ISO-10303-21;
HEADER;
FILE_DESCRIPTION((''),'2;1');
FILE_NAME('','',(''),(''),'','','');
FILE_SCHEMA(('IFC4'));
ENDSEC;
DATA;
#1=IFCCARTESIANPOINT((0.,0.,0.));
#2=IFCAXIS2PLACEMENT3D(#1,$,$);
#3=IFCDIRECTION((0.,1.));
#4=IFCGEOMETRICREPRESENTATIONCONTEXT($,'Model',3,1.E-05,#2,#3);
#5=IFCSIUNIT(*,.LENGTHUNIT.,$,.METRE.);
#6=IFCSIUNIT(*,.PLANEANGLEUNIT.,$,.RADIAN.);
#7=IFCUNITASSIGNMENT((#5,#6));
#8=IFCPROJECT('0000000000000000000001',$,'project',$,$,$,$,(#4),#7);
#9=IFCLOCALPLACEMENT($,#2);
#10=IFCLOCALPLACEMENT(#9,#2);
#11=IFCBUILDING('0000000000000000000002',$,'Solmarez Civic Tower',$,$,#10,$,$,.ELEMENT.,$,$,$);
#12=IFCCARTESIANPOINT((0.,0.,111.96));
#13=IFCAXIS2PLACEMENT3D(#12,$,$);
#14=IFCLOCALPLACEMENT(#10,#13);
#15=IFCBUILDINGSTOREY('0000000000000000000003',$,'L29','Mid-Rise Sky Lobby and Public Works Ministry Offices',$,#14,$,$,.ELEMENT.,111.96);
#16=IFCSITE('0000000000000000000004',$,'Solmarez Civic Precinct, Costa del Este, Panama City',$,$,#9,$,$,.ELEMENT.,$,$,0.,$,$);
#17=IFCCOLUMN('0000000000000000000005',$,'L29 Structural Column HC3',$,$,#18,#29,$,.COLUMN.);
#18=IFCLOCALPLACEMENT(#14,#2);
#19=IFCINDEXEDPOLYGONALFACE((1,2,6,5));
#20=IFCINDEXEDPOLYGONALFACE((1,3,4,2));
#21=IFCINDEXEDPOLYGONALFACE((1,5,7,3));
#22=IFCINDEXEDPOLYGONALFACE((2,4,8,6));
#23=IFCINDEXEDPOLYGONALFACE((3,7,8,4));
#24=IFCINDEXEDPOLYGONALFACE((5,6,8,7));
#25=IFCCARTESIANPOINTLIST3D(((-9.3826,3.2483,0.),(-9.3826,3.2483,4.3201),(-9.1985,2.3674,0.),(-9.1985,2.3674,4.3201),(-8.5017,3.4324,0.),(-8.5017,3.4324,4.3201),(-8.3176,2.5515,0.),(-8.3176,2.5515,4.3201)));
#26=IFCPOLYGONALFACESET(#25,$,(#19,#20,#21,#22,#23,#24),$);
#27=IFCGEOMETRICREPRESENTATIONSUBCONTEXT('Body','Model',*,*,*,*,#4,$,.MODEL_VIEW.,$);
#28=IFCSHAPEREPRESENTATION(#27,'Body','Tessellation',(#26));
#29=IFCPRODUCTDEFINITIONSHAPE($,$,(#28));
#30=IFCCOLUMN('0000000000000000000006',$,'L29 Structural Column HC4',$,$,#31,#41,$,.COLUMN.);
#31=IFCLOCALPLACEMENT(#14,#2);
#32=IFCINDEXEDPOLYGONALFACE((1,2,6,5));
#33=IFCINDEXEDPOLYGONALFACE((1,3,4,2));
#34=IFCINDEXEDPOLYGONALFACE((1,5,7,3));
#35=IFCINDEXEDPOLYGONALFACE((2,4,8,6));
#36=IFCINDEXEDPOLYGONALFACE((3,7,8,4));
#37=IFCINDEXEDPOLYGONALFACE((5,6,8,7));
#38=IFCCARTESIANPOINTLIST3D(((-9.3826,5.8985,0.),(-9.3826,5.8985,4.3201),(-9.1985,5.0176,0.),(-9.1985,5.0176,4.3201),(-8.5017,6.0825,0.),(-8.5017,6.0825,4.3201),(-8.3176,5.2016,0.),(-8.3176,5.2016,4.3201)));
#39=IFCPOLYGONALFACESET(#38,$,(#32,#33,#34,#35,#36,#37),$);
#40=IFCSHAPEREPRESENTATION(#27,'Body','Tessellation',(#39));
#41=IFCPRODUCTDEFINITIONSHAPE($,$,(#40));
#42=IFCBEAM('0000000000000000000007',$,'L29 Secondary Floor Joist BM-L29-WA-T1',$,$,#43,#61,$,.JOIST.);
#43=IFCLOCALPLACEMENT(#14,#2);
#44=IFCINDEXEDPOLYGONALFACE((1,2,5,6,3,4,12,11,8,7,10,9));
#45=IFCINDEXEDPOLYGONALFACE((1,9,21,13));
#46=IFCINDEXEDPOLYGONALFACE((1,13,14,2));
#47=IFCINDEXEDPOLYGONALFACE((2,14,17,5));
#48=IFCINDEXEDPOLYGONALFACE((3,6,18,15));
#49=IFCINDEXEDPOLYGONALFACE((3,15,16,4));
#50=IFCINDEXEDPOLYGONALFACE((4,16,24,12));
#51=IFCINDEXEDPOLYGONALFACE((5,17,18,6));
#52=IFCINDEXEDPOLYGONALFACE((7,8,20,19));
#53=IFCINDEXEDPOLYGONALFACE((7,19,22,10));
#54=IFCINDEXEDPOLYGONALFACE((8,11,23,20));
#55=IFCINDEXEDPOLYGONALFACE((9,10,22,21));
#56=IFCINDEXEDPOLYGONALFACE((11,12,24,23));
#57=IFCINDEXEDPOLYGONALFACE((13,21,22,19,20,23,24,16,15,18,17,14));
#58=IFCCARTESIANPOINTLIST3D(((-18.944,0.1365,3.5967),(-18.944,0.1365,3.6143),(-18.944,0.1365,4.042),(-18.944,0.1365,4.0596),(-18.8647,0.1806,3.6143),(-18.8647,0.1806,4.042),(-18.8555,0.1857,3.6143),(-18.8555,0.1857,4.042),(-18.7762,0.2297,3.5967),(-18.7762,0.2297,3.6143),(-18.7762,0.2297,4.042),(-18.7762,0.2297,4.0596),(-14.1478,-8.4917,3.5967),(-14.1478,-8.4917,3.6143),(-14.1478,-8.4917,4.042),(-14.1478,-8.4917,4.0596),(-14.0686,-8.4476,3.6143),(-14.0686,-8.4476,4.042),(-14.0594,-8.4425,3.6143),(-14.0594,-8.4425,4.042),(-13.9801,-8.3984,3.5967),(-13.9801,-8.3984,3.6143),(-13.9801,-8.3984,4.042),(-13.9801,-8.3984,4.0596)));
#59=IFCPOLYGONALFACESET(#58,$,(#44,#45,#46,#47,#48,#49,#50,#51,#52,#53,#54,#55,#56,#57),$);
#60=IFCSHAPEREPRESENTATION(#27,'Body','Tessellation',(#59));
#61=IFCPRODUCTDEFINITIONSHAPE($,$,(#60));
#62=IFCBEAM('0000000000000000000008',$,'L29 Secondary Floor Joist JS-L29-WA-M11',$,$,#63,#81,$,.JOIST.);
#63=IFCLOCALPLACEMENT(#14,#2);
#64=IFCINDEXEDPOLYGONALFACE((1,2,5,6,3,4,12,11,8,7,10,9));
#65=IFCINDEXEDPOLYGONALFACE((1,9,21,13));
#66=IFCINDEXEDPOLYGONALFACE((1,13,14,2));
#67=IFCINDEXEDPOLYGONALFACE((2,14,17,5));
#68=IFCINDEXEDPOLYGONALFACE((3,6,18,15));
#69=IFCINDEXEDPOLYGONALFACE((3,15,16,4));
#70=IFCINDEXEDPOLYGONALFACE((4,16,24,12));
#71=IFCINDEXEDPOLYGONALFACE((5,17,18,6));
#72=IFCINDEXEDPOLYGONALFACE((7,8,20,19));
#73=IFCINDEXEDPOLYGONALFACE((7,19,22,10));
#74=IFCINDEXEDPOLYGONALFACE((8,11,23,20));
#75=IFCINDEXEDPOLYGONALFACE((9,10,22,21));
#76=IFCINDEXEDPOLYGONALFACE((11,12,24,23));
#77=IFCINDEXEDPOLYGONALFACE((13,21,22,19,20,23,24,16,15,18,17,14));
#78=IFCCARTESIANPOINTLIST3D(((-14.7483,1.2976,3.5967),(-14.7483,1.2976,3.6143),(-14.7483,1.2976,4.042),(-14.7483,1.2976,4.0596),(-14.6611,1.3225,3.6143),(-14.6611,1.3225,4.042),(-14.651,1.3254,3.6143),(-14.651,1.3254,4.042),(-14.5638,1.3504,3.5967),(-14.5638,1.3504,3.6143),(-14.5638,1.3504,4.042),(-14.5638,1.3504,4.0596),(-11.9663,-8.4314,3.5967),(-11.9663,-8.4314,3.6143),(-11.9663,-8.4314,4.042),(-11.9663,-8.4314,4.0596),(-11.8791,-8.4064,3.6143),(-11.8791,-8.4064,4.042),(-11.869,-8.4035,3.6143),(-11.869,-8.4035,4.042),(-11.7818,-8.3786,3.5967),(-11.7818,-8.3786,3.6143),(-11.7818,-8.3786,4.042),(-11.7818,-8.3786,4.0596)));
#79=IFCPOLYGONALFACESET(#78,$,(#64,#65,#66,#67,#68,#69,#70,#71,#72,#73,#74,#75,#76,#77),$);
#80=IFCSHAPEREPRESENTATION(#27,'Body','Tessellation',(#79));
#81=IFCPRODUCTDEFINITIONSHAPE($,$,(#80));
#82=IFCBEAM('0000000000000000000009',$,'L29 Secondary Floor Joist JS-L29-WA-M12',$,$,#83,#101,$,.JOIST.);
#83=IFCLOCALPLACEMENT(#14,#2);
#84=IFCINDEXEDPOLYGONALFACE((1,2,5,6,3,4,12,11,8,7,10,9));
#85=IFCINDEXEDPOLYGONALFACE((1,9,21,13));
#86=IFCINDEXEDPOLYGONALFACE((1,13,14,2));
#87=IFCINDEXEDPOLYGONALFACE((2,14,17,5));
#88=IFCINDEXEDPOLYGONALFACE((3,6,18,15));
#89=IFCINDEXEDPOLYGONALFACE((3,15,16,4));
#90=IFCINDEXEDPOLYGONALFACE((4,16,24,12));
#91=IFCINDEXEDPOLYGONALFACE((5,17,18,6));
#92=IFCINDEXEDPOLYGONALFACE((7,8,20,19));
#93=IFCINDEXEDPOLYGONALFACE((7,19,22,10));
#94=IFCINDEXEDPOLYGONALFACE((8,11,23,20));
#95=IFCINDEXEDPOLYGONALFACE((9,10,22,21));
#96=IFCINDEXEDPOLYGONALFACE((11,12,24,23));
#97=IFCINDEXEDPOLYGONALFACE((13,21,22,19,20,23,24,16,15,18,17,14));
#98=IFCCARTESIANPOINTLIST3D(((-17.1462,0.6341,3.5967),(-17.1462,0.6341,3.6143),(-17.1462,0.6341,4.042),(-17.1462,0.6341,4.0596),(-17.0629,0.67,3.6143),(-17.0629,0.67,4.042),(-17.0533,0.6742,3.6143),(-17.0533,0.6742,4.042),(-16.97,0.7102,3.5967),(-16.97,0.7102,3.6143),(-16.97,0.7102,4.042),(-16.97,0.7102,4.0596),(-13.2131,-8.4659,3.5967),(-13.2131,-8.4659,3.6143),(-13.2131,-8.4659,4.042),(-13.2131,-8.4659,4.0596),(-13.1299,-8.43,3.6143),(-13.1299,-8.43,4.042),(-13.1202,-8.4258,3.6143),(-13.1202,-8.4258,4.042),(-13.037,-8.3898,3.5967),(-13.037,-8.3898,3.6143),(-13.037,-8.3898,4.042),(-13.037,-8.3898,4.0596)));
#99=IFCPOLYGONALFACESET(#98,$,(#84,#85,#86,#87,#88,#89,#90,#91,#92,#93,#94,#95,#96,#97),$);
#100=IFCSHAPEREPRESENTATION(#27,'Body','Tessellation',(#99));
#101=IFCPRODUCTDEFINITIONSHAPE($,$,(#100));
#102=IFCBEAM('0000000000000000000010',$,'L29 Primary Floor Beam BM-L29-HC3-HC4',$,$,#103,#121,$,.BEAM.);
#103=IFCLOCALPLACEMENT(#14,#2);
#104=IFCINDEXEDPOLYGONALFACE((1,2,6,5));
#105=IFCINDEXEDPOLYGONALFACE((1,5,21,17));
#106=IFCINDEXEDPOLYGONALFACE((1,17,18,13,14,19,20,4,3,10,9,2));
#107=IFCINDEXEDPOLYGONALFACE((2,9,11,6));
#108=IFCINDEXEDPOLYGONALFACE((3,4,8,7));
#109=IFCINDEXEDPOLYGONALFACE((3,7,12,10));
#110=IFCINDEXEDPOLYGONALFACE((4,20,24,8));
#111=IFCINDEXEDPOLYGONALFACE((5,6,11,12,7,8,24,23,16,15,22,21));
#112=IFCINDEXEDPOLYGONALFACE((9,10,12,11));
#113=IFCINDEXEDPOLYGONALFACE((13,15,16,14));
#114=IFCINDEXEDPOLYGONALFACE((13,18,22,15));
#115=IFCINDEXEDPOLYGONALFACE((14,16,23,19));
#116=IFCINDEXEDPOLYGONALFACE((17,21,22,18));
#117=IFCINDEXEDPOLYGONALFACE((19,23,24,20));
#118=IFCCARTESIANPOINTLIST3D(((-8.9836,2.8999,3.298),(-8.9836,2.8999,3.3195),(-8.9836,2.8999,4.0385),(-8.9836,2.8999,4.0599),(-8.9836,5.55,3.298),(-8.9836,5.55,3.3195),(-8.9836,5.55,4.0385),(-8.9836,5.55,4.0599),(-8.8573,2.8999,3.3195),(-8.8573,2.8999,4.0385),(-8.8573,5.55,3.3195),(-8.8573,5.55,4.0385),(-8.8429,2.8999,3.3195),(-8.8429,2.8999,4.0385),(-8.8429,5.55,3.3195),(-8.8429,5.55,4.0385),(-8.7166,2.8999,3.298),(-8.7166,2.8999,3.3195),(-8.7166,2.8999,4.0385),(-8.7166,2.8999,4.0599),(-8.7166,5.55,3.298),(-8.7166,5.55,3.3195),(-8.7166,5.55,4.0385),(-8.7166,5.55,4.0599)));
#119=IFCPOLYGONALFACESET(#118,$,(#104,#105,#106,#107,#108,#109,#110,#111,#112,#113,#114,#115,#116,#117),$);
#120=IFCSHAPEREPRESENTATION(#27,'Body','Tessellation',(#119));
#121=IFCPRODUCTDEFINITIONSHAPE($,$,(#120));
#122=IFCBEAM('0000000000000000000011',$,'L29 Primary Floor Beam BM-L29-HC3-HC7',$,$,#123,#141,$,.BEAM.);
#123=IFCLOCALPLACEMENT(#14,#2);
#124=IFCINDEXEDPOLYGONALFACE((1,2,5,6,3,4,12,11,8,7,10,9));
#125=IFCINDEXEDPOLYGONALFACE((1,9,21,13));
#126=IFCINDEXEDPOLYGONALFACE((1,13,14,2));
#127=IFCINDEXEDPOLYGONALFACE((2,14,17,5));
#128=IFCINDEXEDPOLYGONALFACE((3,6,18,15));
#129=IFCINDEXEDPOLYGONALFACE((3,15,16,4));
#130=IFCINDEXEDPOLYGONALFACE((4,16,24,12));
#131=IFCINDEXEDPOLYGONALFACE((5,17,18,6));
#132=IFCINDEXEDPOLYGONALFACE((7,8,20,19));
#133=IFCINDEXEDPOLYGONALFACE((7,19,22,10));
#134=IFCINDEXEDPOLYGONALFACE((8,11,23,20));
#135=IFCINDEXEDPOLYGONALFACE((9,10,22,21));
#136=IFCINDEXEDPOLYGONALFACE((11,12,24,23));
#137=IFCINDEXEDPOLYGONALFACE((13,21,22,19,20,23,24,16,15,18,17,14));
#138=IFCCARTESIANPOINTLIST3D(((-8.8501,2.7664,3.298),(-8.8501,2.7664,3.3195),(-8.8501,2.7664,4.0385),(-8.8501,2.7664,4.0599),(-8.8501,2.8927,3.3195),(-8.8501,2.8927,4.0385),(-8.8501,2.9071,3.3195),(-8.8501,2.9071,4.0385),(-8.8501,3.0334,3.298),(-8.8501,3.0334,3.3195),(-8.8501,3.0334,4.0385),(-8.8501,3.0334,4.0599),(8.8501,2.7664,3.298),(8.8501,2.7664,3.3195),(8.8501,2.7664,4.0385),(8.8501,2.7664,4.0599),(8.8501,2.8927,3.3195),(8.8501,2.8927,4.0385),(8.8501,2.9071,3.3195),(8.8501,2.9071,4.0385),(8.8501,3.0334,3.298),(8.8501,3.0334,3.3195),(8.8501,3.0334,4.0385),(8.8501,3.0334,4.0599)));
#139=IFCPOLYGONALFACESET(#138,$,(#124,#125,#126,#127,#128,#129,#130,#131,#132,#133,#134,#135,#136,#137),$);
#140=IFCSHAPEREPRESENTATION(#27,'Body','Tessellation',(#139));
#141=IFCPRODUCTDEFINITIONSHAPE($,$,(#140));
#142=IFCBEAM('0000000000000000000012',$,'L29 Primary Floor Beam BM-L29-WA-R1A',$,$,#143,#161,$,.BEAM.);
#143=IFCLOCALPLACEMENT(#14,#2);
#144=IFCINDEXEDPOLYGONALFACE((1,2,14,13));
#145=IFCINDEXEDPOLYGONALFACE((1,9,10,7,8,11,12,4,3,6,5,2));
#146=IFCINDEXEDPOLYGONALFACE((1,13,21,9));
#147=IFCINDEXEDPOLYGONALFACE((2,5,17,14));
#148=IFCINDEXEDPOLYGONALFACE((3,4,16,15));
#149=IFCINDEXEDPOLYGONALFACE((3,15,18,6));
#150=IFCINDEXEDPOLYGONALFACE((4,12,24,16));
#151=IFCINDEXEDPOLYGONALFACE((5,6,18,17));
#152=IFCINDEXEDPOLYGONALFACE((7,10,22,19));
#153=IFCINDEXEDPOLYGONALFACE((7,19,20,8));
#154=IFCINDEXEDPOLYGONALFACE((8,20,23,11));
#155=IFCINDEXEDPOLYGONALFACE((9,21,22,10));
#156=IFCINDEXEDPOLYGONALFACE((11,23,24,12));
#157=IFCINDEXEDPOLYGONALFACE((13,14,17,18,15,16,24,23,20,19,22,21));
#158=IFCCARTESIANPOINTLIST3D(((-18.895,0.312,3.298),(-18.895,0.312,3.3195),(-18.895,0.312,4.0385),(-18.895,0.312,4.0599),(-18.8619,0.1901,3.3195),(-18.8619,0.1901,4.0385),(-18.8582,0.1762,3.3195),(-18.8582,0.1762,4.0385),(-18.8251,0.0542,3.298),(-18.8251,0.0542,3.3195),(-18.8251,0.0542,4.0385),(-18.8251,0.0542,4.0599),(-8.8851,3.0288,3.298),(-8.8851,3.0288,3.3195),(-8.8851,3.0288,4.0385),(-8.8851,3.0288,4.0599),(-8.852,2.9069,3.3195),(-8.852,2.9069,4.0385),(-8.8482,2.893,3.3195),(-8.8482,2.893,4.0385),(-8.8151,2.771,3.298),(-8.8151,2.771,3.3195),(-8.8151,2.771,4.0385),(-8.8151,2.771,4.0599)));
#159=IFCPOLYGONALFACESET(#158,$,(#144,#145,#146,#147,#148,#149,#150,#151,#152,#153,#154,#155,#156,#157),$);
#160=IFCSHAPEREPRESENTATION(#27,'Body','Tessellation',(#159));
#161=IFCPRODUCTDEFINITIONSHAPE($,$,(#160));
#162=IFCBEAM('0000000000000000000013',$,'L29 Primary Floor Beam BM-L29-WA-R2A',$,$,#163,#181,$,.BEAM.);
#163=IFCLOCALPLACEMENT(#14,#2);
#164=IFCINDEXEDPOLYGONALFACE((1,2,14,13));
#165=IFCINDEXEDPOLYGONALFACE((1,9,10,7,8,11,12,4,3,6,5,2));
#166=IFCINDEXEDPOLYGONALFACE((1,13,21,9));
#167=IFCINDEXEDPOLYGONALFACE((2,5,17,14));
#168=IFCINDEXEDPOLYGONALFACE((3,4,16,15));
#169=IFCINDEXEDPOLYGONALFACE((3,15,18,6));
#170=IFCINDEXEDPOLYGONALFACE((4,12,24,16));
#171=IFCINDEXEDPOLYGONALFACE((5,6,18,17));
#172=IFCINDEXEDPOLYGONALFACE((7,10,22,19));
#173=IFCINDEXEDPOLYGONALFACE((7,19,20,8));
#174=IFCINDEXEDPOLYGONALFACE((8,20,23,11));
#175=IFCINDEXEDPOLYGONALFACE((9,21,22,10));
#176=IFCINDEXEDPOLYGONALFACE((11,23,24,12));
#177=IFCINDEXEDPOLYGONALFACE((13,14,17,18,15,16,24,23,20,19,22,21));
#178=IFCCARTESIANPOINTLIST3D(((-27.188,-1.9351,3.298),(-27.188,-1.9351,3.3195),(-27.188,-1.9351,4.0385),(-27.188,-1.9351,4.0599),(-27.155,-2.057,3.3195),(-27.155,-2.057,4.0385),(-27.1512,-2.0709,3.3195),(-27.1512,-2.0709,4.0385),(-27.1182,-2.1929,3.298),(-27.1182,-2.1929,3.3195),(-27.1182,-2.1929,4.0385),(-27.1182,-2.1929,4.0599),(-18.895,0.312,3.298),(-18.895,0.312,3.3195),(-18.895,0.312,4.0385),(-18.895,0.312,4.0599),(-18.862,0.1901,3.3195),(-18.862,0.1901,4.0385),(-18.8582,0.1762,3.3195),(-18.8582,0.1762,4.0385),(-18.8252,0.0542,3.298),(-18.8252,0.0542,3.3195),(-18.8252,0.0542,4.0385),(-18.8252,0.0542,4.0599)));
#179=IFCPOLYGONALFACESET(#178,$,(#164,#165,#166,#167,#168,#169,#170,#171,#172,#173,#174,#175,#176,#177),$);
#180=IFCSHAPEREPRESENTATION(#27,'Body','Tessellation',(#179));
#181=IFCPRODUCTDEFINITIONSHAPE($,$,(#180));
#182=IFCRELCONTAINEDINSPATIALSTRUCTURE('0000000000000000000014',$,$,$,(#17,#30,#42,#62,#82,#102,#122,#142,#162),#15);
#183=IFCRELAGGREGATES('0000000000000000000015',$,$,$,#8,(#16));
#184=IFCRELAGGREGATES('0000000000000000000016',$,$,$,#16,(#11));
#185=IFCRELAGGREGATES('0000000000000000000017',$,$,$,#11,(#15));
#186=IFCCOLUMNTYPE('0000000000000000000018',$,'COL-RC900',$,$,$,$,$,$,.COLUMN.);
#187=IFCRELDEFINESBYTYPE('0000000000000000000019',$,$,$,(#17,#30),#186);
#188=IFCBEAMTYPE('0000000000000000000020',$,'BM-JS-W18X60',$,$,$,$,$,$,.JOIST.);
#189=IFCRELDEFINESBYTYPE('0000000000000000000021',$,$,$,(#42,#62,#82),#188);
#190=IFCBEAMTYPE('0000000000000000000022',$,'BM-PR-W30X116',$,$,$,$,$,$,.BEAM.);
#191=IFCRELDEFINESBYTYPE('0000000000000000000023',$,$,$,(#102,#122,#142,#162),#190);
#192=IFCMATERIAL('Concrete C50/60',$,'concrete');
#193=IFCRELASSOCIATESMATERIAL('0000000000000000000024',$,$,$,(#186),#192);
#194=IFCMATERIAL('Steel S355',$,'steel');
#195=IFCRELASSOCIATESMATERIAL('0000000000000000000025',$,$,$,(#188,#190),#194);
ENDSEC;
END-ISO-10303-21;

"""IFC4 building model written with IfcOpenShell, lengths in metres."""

from ifc_helpers import new_model, si_unit, direction, frame, origin, origin_2d, place, context, subcontext, project, spatial, rectangle, i_section, extrude, material, material_profile, profile_set, type_object, element, save


model = new_model("IFC4")

# Units and contexts
model_context = context("Model", 3, precision=1e-05, world=origin(), true_north=direction((0.0, 1.0)))
body_context = subcontext(model_context, "Body", "Model", "MODEL_VIEW")
ifc_project = project(units=[si_unit("LENGTHUNIT", "METRE"), si_unit("PLANEANGLEUNIT", "RADIAN")], contexts=[model_context])

# Site, building, storey
site_placement = place(None, origin())
site = spatial("IfcSite", under=ifc_project, at=site_placement, Name="Solmarez Civic Precinct, Costa del Este, Panama City", CompositionType="ELEMENT", RefElevation=0.0)
building_placement = place(site_placement, origin())
building = spatial("IfcBuilding", under=site, at=building_placement, Name="Solmarez Civic Tower", CompositionType="ELEMENT")
storey_placement = place(building_placement, frame((0.0, 0.0, 111.96)))
storey = spatial("IfcBuildingStorey", under=building, at=storey_placement, Name="L29", Description="Mid-Rise Sky Lobby and Public Works Ministry Offices", CompositionType="ELEMENT", Elevation=111.96)

# Columns
ifc_material_1 = material(Name="Concrete C50/60", Category="concrete")
ifc_material_profile_1 = material_profile(ifc_material_1, rectangle(XDim=0.8999, YDim=0.8999, at=origin_2d()), Name="RC900X900")
ifc_profile_set_1 = profile_set([ifc_material_profile_1], Name="Concrete C50/60")
column_type = type_object("IfcColumnType", Name="COL-RC900", PredefinedType="COLUMN", material=ifc_profile_set_1)
for number, where, z_axis, x_axis, name in (
    (1, (-8.8501, 2.8999, 0.0), (0.0, 0.0, 1.0), (0.978867, 0.204496, 0.0), "L29 Structural Column HC3"),
    (2, (-8.8501, 5.55, 0.0), (0.0, 0.0, 1.0), (0.978867, 0.204496, 0.0), "L29 Structural Column HC4"),
):
    element("IfcColumn", number, at=place(storey_placement, frame(where, z_axis=z_axis, x_axis=x_axis)), inside=storey, type_object=column_type, Name=name, PredefinedType="COLUMN", context=body_context, shape_type="SweptSolid", body=[
        extrude(rectangle(XDim=0.8999, YDim=0.8999, at=origin_2d()), origin(), (0.0, 0.0, 1.0), 4.3201),
    ])

# Beams
ifc_material_2 = material(Name="Steel S355", Category="steel")
ifc_material_profile_2 = material_profile(ifc_material_2, i_section(OverallWidth=0.1919, OverallDepth=0.4629, WebThickness=0.0105, FlangeThickness=0.0176, at=origin_2d()), Name="W18X60")
ifc_profile_set_2 = profile_set([ifc_material_profile_2], Name="Steel S355")
beam_type_1 = type_object("IfcBeamType", Name="BM-JS-W18X60", PredefinedType="JOIST", material=ifc_profile_set_2)
beam_1_placement = place(storey_placement, frame((-18.8601, 0.1831, 3.8281), z_axis=(0.485853, -0.874041, 0.0), x_axis=(0.874041, 0.485853, 0.0)))
element("IfcBeam", 3, at=beam_1_placement, inside=storey, type_object=beam_type_1, Name="L29 Secondary Floor Joist BM-L29-WA-T1", PredefinedType="JOIST", context=body_context, shape_type="SweptSolid", body=[
    extrude(i_section(OverallWidth=0.1919, OverallDepth=0.4629, WebThickness=0.0105, FlangeThickness=0.0176, at=origin_2d()), origin(), (0.0, 0.0, 1.0), 9.8716),
])
beam_2_placement = place(storey_placement, frame((-14.656, 1.324, 3.8281), z_axis=(0.274928, -0.961465, 0.0), x_axis=(0.961465, 0.274928, 0.0)))
element("IfcBeam", 4, at=beam_2_placement, inside=storey, type_object=beam_type_1, Name="L29 Secondary Floor Joist JS-L29-WA-M11", PredefinedType="JOIST", context=body_context, shape_type="SweptSolid", body=[
    extrude(i_section(OverallWidth=0.1919, OverallDepth=0.4629, WebThickness=0.0105, FlangeThickness=0.0176, at=origin_2d()), origin(), (0.0, 0.0, 1.0), 10.1189),
])
beam_3_placement = place(storey_placement, frame((-17.0581, 0.6721, 3.8281), z_axis=(0.396735, -0.917933, 0.0), x_axis=(0.917933, 0.396735, 0.0)))
element("IfcBeam", 5, at=beam_3_placement, inside=storey, type_object=beam_type_1, Name="L29 Secondary Floor Joist JS-L29-WA-M12", PredefinedType="JOIST", context=body_context, shape_type="SweptSolid", body=[
    extrude(i_section(OverallWidth=0.1919, OverallDepth=0.4629, WebThickness=0.0105, FlangeThickness=0.0176, at=origin_2d()), origin(), (0.0, 0.0, 1.0), 9.9136),
])
ifc_material_profile_3 = material_profile(ifc_material_2, i_section(OverallWidth=0.2671, OverallDepth=0.762, WebThickness=0.0144, FlangeThickness=0.0215, at=origin_2d()), Name="W30X116")
ifc_profile_set_3 = profile_set([ifc_material_profile_3], Name="Steel S355")
beam_type_2 = type_object("IfcBeamType", Name="BM-PR-W30X116", PredefinedType="BEAM", material=ifc_profile_set_3)
beam_4_placement = place(storey_placement, frame((-8.8501, 2.8999, 3.679), z_axis=(0.0, 1.0, 0.0), x_axis=(-1.0, 0.0, 0.0)))
element("IfcBeam", 6, at=beam_4_placement, inside=storey, type_object=beam_type_2, Name="L29 Primary Floor Beam BM-L29-HC3-HC4", PredefinedType="BEAM", context=body_context, shape_type="SweptSolid", body=[
    extrude(i_section(OverallWidth=0.2671, OverallDepth=0.762, WebThickness=0.0144, FlangeThickness=0.0215, at=origin_2d()), origin(), (0.0, 0.0, 1.0), 2.6501),
])
beam_5_placement = place(storey_placement, frame((-8.8501, 2.8999, 3.679), z_axis=(1.0, 0.0, 0.0), x_axis=(0.0, 1.0, 0.0)))
element("IfcBeam", 7, at=beam_5_placement, inside=storey, type_object=beam_type_2, Name="L29 Primary Floor Beam BM-L29-HC3-HC7", PredefinedType="BEAM", context=body_context, shape_type="SweptSolid", body=[
    extrude(i_section(OverallWidth=0.2671, OverallDepth=0.762, WebThickness=0.0144, FlangeThickness=0.0215, at=origin_2d()), origin(), (0.0, 0.0, 1.0), 17.7002),
])
beam_6_placement = place(storey_placement, frame((-8.8501, 2.8999, 3.679), z_axis=(-0.965086, -0.261932, 0.0), x_axis=(0.261932, -0.965086, 0.0)))
element("IfcBeam", 8, at=beam_6_placement, inside=storey, type_object=beam_type_2, Name="L29 Primary Floor Beam BM-L29-WA-R1A", PredefinedType="BEAM", context=body_context, shape_type="SweptSolid", body=[
    extrude(i_section(OverallWidth=0.2671, OverallDepth=0.762, WebThickness=0.0144, FlangeThickness=0.0215, at=origin_2d()), origin(), (0.0, 0.0, 1.0), 10.3721),
])
beam_7_placement = place(storey_placement, frame((-18.8601, 0.1831, 3.679), z_axis=(-0.965195, -0.26153, 0.0), x_axis=(0.26153, -0.965195, 0.0)))
element("IfcBeam", 9, at=beam_7_placement, inside=storey, type_object=beam_type_2, Name="L29 Primary Floor Beam BM-L29-WA-R2A", PredefinedType="BEAM", context=body_context, shape_type="SweptSolid", body=[
    extrude(i_section(OverallWidth=0.2671, OverallDepth=0.762, WebThickness=0.0144, FlangeThickness=0.0215, at=origin_2d()), origin(), (0.0, 0.0, 1.0), 8.592),
])

save(model, "model.ifc")
